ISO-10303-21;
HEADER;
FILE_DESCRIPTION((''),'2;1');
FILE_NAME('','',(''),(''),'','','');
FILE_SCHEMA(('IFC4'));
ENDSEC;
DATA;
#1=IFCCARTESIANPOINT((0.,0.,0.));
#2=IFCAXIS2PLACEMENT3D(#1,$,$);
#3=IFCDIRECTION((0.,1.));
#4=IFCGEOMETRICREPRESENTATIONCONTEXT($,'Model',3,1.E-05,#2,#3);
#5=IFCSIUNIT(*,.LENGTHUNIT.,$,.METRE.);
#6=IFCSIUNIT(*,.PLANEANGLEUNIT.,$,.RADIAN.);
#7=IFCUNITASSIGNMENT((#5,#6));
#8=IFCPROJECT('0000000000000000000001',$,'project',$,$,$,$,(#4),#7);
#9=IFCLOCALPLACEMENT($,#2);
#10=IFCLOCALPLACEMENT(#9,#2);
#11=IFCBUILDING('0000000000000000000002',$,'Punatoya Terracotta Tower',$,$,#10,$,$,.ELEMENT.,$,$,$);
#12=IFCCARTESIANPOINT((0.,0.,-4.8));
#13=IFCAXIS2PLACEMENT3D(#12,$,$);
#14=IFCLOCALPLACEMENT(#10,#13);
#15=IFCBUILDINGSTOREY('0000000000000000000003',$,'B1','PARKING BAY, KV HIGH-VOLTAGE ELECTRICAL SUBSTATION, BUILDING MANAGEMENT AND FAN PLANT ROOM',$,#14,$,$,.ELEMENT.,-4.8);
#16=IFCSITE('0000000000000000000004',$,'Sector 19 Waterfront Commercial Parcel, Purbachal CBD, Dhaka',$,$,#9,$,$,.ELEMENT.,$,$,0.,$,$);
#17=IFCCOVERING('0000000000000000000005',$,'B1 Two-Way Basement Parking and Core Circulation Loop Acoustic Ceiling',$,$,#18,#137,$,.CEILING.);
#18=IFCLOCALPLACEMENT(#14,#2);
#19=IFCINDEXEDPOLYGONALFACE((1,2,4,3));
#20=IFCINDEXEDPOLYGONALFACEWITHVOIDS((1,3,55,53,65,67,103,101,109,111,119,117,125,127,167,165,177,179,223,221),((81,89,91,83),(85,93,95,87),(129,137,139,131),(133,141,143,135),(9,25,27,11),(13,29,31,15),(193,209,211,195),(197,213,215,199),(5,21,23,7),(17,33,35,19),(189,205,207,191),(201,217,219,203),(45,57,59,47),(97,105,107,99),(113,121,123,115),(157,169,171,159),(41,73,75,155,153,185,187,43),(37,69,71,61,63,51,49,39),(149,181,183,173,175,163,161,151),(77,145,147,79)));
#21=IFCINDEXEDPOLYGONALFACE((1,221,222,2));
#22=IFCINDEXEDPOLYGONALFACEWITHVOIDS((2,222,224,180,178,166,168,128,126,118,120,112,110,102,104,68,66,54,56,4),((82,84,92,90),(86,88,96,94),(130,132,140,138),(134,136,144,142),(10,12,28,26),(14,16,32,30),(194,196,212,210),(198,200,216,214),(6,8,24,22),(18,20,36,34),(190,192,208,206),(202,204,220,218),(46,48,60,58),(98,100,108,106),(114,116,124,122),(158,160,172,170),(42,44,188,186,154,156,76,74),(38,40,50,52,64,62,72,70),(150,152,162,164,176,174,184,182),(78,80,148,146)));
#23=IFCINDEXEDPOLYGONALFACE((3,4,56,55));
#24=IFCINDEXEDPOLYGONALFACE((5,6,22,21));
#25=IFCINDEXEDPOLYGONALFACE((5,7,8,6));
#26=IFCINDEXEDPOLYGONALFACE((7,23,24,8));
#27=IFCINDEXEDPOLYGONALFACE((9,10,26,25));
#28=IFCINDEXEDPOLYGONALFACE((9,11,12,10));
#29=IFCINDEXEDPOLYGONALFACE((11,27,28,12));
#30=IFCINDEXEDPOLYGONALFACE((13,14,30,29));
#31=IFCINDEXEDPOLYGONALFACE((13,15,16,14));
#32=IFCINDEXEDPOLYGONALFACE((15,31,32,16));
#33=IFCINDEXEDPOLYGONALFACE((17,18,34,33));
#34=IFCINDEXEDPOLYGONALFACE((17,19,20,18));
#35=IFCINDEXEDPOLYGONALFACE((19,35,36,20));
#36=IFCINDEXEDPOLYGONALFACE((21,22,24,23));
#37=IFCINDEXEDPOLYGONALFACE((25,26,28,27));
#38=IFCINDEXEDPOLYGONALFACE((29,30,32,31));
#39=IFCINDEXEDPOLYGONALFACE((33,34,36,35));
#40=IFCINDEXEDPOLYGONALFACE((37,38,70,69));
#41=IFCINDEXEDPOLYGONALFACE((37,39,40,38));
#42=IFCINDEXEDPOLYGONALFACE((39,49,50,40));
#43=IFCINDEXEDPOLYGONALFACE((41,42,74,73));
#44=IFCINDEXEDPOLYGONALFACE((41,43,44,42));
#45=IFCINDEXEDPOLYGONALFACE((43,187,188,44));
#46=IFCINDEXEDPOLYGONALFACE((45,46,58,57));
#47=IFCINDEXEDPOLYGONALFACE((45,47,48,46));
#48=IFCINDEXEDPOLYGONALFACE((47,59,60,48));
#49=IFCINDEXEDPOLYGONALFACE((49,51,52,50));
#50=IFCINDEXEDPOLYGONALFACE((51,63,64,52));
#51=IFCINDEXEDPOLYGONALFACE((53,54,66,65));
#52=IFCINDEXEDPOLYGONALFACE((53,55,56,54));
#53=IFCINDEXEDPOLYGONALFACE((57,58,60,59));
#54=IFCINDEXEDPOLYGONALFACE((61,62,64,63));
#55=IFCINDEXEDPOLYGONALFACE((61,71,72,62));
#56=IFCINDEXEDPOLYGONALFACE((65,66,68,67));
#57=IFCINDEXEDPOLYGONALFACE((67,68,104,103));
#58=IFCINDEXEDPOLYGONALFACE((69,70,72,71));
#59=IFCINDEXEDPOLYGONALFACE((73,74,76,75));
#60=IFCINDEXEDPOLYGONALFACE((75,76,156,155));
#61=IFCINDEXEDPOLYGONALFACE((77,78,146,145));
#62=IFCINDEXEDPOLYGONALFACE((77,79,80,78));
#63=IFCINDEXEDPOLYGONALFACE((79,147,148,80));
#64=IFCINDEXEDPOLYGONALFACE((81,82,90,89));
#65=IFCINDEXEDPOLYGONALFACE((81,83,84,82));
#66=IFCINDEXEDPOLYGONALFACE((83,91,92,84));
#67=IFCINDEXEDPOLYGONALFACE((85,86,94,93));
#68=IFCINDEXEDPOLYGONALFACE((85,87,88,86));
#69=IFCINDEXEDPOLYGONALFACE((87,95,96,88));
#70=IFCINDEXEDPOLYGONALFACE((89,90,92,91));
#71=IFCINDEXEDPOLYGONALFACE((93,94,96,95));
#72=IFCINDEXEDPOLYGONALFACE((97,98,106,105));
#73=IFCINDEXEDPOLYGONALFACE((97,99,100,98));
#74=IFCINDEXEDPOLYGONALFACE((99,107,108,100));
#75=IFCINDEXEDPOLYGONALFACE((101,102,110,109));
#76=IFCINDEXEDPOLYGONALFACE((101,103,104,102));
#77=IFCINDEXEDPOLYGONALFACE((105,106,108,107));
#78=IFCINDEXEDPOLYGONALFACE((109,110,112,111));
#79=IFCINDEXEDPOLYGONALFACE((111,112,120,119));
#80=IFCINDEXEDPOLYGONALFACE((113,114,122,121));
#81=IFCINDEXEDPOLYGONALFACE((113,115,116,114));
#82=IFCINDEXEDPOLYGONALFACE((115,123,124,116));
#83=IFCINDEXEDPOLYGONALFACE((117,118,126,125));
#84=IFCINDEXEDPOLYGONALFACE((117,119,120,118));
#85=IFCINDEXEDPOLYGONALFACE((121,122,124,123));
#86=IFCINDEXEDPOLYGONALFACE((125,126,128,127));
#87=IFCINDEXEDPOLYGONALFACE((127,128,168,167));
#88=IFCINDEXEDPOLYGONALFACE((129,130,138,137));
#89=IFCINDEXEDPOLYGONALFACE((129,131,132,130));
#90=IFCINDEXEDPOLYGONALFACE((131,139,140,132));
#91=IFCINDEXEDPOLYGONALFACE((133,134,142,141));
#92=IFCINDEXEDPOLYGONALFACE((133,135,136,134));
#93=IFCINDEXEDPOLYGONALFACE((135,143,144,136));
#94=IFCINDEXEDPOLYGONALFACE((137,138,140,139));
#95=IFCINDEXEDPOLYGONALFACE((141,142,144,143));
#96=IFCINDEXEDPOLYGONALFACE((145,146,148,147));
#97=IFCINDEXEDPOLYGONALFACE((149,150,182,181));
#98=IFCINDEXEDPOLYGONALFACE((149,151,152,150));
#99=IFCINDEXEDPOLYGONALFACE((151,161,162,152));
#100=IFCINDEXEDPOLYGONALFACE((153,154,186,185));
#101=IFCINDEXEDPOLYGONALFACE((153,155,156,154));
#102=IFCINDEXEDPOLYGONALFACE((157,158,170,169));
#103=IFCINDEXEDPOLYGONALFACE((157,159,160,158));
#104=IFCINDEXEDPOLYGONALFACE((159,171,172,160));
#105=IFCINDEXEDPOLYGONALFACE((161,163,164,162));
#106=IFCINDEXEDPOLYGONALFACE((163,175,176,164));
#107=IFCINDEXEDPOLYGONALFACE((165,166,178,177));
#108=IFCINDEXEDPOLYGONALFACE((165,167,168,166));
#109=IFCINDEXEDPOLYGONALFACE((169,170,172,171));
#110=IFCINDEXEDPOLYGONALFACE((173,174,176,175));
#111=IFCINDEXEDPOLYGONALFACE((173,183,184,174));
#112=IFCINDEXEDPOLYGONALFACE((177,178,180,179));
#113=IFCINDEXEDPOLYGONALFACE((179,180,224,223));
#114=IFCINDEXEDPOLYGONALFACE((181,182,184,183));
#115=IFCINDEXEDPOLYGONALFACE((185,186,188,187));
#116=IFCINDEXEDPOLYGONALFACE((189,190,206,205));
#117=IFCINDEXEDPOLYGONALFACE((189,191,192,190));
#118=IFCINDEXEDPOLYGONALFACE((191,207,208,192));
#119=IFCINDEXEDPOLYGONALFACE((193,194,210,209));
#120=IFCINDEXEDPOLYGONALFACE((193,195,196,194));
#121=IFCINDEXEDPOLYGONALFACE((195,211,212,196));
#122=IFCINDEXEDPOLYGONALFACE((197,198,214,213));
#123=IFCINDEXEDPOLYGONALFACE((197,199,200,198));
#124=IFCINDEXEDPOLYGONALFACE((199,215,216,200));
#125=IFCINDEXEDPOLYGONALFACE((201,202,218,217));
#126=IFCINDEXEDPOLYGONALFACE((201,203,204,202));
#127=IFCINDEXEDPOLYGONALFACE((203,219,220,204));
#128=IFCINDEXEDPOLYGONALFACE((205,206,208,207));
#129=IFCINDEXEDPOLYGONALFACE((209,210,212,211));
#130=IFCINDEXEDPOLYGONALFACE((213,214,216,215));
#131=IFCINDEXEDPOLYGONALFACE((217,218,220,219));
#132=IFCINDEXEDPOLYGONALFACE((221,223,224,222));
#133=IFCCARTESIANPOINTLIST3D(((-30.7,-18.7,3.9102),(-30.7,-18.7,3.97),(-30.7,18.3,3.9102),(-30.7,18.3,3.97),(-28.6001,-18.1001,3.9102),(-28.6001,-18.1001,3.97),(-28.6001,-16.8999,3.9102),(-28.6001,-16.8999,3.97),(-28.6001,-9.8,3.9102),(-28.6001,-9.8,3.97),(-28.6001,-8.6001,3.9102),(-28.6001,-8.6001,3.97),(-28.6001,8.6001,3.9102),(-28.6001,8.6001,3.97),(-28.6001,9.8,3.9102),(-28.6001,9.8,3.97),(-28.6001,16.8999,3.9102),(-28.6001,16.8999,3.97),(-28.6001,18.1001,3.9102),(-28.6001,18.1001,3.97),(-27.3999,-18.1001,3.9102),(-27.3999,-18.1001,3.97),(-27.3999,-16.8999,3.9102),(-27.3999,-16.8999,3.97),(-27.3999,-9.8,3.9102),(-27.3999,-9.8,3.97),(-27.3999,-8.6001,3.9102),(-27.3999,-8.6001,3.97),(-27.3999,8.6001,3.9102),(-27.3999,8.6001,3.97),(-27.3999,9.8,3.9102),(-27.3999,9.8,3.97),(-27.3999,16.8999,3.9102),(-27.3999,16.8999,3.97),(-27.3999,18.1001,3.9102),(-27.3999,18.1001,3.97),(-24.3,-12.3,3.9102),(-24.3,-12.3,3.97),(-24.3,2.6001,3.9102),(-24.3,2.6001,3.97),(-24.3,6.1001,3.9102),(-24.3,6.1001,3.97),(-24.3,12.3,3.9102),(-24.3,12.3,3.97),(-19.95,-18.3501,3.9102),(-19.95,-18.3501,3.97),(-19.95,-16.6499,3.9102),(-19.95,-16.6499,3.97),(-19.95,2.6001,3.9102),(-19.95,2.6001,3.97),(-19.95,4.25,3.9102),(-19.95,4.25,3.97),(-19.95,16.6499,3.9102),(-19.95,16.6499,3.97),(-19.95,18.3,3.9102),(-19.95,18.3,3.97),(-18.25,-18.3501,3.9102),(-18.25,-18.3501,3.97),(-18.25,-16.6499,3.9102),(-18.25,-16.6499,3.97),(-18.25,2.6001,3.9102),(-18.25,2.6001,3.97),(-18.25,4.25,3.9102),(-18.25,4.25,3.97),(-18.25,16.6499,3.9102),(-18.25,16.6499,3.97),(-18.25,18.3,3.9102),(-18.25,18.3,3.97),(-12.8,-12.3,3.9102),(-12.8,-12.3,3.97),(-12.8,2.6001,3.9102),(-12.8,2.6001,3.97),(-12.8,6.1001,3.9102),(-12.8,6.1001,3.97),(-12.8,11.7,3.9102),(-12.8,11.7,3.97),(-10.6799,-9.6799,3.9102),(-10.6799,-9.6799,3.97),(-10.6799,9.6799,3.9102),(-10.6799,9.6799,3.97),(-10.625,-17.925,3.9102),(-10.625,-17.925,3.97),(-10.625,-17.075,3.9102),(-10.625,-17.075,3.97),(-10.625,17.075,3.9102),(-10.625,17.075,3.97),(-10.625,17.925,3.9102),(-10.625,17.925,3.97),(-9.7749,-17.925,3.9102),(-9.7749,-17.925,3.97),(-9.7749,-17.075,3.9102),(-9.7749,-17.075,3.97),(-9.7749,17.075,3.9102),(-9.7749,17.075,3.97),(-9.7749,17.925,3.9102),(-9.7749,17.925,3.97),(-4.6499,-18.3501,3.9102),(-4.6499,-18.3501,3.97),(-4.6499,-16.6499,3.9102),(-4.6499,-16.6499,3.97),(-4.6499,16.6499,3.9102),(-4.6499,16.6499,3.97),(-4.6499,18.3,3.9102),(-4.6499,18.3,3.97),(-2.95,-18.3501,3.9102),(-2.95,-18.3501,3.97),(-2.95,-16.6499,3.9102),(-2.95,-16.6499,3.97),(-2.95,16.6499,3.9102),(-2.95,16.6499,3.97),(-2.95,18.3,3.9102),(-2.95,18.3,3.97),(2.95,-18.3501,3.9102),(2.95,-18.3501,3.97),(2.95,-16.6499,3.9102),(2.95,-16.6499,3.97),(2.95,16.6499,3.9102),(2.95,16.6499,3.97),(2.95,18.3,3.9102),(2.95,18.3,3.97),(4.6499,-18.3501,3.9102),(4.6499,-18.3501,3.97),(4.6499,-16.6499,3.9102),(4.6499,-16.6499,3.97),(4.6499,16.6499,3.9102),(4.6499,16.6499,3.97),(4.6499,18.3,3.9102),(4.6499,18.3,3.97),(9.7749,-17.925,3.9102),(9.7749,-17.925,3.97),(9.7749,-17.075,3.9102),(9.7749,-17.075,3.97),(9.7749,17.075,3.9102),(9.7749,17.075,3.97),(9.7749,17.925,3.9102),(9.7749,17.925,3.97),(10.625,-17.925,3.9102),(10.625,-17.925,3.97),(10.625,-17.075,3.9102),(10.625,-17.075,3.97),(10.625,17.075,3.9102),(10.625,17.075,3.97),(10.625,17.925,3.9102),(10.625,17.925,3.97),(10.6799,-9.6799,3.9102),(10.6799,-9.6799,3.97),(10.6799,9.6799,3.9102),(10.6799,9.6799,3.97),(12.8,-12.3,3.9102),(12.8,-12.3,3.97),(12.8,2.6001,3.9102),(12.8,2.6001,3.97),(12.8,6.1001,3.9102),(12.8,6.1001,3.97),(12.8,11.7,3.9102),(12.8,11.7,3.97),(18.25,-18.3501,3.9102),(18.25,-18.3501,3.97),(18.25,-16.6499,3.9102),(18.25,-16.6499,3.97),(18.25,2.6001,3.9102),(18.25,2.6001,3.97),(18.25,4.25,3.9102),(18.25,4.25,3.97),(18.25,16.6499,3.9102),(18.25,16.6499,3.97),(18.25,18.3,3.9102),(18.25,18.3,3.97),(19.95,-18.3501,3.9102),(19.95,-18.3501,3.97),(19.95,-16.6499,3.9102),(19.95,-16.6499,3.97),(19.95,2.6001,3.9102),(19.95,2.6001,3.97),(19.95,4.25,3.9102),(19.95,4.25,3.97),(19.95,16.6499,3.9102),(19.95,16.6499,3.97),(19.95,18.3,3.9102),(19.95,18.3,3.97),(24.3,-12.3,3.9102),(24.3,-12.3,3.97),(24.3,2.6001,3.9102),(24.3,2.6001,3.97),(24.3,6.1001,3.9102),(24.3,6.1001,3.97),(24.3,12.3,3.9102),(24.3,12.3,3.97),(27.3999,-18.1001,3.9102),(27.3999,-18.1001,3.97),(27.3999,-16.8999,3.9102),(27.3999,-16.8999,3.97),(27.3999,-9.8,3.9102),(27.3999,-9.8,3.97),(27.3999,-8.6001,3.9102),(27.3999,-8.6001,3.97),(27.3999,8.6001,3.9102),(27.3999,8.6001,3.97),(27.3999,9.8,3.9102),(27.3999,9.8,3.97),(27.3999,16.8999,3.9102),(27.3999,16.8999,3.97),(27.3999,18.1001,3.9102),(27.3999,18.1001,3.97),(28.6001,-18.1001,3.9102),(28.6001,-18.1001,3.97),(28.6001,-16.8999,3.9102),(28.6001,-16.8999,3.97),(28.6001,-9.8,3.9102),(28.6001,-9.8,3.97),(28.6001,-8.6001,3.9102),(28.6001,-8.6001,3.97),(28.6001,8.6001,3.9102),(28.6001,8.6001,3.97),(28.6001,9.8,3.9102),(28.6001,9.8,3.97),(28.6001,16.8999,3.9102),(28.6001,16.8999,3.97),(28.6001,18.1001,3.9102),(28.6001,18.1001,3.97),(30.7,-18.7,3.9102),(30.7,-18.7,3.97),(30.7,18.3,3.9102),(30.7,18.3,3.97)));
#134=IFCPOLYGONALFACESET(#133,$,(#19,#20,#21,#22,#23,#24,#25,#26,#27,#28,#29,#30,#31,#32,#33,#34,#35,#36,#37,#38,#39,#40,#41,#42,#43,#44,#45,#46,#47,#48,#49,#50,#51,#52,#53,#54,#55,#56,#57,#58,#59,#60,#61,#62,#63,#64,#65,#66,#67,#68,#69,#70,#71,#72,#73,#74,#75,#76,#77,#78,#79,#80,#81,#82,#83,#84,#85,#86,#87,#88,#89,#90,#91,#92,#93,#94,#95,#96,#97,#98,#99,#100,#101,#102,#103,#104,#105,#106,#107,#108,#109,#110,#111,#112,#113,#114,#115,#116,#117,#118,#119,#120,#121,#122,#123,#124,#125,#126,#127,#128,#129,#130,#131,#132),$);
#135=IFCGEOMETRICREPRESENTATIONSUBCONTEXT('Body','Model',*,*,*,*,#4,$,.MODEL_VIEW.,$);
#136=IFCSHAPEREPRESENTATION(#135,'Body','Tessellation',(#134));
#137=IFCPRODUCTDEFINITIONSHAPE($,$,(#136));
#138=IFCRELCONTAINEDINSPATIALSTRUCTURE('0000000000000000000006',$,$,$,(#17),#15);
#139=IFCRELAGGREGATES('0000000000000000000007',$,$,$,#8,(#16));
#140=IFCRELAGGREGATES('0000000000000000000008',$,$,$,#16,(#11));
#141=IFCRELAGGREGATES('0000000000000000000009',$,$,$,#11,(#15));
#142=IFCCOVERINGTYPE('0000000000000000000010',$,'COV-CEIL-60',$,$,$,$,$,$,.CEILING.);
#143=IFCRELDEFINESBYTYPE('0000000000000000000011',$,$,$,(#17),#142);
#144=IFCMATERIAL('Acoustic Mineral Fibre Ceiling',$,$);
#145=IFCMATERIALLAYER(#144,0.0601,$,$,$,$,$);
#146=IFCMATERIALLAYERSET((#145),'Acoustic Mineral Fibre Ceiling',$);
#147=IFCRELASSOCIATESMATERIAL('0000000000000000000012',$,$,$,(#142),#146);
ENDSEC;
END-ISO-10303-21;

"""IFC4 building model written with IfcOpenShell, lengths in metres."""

from ifc_helpers import new_model, si_unit, direction, frame, origin, place, context, subcontext, project, spatial, polyline, outline, extrude, material, layer, layer_set, type_object, element, save


model = new_model("IFC4")

# Units and contexts
model_context = context("Model", 3, precision=1e-05, world=origin(), true_north=direction((0.0, 1.0)))
body_context = subcontext(model_context, "Body", "Model", "MODEL_VIEW")
ifc_project = project(units=[si_unit("LENGTHUNIT", "METRE"), si_unit("PLANEANGLEUNIT", "RADIAN")], contexts=[model_context])

# Site, building, storey
site_placement = place(None, origin())
site = spatial("IfcSite", under=ifc_project, at=site_placement, Name="Sector 19 Waterfront Commercial Parcel, Purbachal CBD, Dhaka", CompositionType="ELEMENT", RefElevation=0.0)
building_placement = place(site_placement, origin())
building = spatial("IfcBuilding", under=site, at=building_placement, Name="Punatoya Terracotta Tower", CompositionType="ELEMENT")
storey_placement = place(building_placement, frame((0.0, 0.0, -4.8)))
storey = spatial("IfcBuildingStorey", under=building, at=storey_placement, Name="B1", Description="PARKING BAY, KV HIGH-VOLTAGE ELECTRICAL SUBSTATION, BUILDING MANAGEMENT AND FAN PLANT ROOM", CompositionType="ELEMENT", Elevation=-4.8)

# Covering
ifc_material_1 = material(Name="Acoustic Mineral Fibre Ceiling")
ifc_layer_1 = layer(ifc_material_1, 0.0601)
ifc_layer_set_1 = layer_set([ifc_layer_1], Name="Acoustic Mineral Fibre Ceiling")
covering_type = type_object("IfcCoveringType", Name="COV-CEIL-60", PredefinedType="CEILING", material=ifc_layer_set_1)
covering_placement = place(storey_placement, frame((0.0, 0.0, 3.9102)))
element("IfcCovering", 1, at=covering_placement, inside=storey, type_object=covering_type, Name="B1 Two-Way Basement Parking and Core Circulation Loop Acoustic Ceiling", PredefinedType="CEILING", context=body_context, shape_type="SweptSolid", body=[
    extrude(outline(polyline([(30.7, -18.7), (30.7, 18.3), (19.95, 18.3), (19.95, 16.6499), (18.25, 16.6499), (18.25, 18.3), (4.6499, 18.3), (4.6499, 16.6499), (2.95, 16.6499), (2.95, 18.3), (-2.95, 18.3), (-2.95, 16.6499), (-4.6499, 16.6499), (-4.6499, 18.3), (-18.25, 18.3), (-18.25, 16.6499), (-19.95, 16.6499), (-19.95, 18.3), (-30.7, 18.3), (-30.7, -18.7), (30.7, -18.7)]), holes=[polyline([(28.6001, 18.1001), (28.6001, 16.8999), (27.3999, 16.8999), (27.3999, 18.1001), (28.6001, 18.1001)]), polyline([(28.6001, 8.6001), (27.3999, 8.6001), (27.3999, 9.8), (28.6001, 9.8), (28.6001, 8.6001)]), polyline([(28.6001, -8.6001), (28.6001, -9.8), (27.3999, -9.8), (27.3999, -8.6001), (28.6001, -8.6001)]), polyline([(28.6001, -16.8999), (28.6001, -18.1001), (27.3999, -18.1001), (27.3999, -16.8999), (28.6001, -16.8999)]), polyline([(18.25, 2.6001), (18.25, 4.25), (19.95, 4.25), (19.95, 2.6001), (24.3, 2.6001), (24.3, -12.3), (12.8, -12.3), (12.8, 2.6001), (18.25, 2.6001)]), polyline([(12.8, 11.7), (-12.8, 11.7), (-12.8, 6.1001), (-24.3, 6.1001), (-24.3, 12.3), (24.3, 12.3), (24.3, 6.1001), (12.8, 6.1001), (12.8, 11.7)]), polyline([(19.95, -18.3501), (18.25, -18.3501), (18.25, -16.6499), (19.95, -16.6499), (19.95, -18.3501)]), polyline([(10.6799, -9.6799), (-10.6799, -9.6799), (-10.6799, 9.6799), (10.6799, 9.6799), (10.6799, -9.6799)]), polyline([(9.7749, -17.075), (10.625, -17.075), (10.625, -17.925), (9.7749, -17.925), (9.7749, -17.075)]), polyline([(10.625, 17.075), (9.7749, 17.075), (9.7749, 17.925), (10.625, 17.925), (10.625, 17.075)]), polyline([(4.6499, -16.6499), (4.6499, -18.3501), (2.95, -18.3501), (2.95, -16.6499), (4.6499, -16.6499)]), polyline([(-4.6499, -16.6499), (-2.95, -16.6499), (-2.95, -18.3501), (-4.6499, -18.3501), (-4.6499, -16.6499)]), polyline([(-9.7749, 17.925), (-9.7749, 17.075), (-10.625, 17.075), (-10.625, 17.925), (-9.7749, 17.925)]), polyline([(-10.625, -17.925), (-10.625, -17.075), (-9.7749, -17.075), (-9.7749, -17.925), (-10.625, -17.925)]), polyline([(-12.8, -12.3), (-24.3, -12.3), (-24.3, 2.6001), (-19.95, 2.6001), (-19.95, 4.25), (-18.25, 4.25), (-18.25, 2.6001), (-12.8, 2.6001), (-12.8, -12.3)]), polyline([(-19.95, -18.3501), (-19.95, -16.6499), (-18.25, -16.6499), (-18.25, -18.3501), (-19.95, -18.3501)]), polyline([(-28.6001, -16.8999), (-27.3999, -16.8999), (-27.3999, -18.1001), (-28.6001, -18.1001), (-28.6001, -16.8999)]), polyline([(-28.6001, 18.1001), (-27.3999, 18.1001), (-27.3999, 16.8999), (-28.6001, 16.8999), (-28.6001, 18.1001)]), polyline([(-28.6001, 9.8), (-27.3999, 9.8), (-27.3999, 8.6001), (-28.6001, 8.6001), (-28.6001, 9.8)]), polyline([(-28.6001, -9.8), (-28.6001, -8.6001), (-27.3999, -8.6001), (-27.3999, -9.8), (-28.6001, -9.8)])]), origin(), (0.0, 0.0, 1.0), 0.0598),
])

save(model, "model.ifc")
